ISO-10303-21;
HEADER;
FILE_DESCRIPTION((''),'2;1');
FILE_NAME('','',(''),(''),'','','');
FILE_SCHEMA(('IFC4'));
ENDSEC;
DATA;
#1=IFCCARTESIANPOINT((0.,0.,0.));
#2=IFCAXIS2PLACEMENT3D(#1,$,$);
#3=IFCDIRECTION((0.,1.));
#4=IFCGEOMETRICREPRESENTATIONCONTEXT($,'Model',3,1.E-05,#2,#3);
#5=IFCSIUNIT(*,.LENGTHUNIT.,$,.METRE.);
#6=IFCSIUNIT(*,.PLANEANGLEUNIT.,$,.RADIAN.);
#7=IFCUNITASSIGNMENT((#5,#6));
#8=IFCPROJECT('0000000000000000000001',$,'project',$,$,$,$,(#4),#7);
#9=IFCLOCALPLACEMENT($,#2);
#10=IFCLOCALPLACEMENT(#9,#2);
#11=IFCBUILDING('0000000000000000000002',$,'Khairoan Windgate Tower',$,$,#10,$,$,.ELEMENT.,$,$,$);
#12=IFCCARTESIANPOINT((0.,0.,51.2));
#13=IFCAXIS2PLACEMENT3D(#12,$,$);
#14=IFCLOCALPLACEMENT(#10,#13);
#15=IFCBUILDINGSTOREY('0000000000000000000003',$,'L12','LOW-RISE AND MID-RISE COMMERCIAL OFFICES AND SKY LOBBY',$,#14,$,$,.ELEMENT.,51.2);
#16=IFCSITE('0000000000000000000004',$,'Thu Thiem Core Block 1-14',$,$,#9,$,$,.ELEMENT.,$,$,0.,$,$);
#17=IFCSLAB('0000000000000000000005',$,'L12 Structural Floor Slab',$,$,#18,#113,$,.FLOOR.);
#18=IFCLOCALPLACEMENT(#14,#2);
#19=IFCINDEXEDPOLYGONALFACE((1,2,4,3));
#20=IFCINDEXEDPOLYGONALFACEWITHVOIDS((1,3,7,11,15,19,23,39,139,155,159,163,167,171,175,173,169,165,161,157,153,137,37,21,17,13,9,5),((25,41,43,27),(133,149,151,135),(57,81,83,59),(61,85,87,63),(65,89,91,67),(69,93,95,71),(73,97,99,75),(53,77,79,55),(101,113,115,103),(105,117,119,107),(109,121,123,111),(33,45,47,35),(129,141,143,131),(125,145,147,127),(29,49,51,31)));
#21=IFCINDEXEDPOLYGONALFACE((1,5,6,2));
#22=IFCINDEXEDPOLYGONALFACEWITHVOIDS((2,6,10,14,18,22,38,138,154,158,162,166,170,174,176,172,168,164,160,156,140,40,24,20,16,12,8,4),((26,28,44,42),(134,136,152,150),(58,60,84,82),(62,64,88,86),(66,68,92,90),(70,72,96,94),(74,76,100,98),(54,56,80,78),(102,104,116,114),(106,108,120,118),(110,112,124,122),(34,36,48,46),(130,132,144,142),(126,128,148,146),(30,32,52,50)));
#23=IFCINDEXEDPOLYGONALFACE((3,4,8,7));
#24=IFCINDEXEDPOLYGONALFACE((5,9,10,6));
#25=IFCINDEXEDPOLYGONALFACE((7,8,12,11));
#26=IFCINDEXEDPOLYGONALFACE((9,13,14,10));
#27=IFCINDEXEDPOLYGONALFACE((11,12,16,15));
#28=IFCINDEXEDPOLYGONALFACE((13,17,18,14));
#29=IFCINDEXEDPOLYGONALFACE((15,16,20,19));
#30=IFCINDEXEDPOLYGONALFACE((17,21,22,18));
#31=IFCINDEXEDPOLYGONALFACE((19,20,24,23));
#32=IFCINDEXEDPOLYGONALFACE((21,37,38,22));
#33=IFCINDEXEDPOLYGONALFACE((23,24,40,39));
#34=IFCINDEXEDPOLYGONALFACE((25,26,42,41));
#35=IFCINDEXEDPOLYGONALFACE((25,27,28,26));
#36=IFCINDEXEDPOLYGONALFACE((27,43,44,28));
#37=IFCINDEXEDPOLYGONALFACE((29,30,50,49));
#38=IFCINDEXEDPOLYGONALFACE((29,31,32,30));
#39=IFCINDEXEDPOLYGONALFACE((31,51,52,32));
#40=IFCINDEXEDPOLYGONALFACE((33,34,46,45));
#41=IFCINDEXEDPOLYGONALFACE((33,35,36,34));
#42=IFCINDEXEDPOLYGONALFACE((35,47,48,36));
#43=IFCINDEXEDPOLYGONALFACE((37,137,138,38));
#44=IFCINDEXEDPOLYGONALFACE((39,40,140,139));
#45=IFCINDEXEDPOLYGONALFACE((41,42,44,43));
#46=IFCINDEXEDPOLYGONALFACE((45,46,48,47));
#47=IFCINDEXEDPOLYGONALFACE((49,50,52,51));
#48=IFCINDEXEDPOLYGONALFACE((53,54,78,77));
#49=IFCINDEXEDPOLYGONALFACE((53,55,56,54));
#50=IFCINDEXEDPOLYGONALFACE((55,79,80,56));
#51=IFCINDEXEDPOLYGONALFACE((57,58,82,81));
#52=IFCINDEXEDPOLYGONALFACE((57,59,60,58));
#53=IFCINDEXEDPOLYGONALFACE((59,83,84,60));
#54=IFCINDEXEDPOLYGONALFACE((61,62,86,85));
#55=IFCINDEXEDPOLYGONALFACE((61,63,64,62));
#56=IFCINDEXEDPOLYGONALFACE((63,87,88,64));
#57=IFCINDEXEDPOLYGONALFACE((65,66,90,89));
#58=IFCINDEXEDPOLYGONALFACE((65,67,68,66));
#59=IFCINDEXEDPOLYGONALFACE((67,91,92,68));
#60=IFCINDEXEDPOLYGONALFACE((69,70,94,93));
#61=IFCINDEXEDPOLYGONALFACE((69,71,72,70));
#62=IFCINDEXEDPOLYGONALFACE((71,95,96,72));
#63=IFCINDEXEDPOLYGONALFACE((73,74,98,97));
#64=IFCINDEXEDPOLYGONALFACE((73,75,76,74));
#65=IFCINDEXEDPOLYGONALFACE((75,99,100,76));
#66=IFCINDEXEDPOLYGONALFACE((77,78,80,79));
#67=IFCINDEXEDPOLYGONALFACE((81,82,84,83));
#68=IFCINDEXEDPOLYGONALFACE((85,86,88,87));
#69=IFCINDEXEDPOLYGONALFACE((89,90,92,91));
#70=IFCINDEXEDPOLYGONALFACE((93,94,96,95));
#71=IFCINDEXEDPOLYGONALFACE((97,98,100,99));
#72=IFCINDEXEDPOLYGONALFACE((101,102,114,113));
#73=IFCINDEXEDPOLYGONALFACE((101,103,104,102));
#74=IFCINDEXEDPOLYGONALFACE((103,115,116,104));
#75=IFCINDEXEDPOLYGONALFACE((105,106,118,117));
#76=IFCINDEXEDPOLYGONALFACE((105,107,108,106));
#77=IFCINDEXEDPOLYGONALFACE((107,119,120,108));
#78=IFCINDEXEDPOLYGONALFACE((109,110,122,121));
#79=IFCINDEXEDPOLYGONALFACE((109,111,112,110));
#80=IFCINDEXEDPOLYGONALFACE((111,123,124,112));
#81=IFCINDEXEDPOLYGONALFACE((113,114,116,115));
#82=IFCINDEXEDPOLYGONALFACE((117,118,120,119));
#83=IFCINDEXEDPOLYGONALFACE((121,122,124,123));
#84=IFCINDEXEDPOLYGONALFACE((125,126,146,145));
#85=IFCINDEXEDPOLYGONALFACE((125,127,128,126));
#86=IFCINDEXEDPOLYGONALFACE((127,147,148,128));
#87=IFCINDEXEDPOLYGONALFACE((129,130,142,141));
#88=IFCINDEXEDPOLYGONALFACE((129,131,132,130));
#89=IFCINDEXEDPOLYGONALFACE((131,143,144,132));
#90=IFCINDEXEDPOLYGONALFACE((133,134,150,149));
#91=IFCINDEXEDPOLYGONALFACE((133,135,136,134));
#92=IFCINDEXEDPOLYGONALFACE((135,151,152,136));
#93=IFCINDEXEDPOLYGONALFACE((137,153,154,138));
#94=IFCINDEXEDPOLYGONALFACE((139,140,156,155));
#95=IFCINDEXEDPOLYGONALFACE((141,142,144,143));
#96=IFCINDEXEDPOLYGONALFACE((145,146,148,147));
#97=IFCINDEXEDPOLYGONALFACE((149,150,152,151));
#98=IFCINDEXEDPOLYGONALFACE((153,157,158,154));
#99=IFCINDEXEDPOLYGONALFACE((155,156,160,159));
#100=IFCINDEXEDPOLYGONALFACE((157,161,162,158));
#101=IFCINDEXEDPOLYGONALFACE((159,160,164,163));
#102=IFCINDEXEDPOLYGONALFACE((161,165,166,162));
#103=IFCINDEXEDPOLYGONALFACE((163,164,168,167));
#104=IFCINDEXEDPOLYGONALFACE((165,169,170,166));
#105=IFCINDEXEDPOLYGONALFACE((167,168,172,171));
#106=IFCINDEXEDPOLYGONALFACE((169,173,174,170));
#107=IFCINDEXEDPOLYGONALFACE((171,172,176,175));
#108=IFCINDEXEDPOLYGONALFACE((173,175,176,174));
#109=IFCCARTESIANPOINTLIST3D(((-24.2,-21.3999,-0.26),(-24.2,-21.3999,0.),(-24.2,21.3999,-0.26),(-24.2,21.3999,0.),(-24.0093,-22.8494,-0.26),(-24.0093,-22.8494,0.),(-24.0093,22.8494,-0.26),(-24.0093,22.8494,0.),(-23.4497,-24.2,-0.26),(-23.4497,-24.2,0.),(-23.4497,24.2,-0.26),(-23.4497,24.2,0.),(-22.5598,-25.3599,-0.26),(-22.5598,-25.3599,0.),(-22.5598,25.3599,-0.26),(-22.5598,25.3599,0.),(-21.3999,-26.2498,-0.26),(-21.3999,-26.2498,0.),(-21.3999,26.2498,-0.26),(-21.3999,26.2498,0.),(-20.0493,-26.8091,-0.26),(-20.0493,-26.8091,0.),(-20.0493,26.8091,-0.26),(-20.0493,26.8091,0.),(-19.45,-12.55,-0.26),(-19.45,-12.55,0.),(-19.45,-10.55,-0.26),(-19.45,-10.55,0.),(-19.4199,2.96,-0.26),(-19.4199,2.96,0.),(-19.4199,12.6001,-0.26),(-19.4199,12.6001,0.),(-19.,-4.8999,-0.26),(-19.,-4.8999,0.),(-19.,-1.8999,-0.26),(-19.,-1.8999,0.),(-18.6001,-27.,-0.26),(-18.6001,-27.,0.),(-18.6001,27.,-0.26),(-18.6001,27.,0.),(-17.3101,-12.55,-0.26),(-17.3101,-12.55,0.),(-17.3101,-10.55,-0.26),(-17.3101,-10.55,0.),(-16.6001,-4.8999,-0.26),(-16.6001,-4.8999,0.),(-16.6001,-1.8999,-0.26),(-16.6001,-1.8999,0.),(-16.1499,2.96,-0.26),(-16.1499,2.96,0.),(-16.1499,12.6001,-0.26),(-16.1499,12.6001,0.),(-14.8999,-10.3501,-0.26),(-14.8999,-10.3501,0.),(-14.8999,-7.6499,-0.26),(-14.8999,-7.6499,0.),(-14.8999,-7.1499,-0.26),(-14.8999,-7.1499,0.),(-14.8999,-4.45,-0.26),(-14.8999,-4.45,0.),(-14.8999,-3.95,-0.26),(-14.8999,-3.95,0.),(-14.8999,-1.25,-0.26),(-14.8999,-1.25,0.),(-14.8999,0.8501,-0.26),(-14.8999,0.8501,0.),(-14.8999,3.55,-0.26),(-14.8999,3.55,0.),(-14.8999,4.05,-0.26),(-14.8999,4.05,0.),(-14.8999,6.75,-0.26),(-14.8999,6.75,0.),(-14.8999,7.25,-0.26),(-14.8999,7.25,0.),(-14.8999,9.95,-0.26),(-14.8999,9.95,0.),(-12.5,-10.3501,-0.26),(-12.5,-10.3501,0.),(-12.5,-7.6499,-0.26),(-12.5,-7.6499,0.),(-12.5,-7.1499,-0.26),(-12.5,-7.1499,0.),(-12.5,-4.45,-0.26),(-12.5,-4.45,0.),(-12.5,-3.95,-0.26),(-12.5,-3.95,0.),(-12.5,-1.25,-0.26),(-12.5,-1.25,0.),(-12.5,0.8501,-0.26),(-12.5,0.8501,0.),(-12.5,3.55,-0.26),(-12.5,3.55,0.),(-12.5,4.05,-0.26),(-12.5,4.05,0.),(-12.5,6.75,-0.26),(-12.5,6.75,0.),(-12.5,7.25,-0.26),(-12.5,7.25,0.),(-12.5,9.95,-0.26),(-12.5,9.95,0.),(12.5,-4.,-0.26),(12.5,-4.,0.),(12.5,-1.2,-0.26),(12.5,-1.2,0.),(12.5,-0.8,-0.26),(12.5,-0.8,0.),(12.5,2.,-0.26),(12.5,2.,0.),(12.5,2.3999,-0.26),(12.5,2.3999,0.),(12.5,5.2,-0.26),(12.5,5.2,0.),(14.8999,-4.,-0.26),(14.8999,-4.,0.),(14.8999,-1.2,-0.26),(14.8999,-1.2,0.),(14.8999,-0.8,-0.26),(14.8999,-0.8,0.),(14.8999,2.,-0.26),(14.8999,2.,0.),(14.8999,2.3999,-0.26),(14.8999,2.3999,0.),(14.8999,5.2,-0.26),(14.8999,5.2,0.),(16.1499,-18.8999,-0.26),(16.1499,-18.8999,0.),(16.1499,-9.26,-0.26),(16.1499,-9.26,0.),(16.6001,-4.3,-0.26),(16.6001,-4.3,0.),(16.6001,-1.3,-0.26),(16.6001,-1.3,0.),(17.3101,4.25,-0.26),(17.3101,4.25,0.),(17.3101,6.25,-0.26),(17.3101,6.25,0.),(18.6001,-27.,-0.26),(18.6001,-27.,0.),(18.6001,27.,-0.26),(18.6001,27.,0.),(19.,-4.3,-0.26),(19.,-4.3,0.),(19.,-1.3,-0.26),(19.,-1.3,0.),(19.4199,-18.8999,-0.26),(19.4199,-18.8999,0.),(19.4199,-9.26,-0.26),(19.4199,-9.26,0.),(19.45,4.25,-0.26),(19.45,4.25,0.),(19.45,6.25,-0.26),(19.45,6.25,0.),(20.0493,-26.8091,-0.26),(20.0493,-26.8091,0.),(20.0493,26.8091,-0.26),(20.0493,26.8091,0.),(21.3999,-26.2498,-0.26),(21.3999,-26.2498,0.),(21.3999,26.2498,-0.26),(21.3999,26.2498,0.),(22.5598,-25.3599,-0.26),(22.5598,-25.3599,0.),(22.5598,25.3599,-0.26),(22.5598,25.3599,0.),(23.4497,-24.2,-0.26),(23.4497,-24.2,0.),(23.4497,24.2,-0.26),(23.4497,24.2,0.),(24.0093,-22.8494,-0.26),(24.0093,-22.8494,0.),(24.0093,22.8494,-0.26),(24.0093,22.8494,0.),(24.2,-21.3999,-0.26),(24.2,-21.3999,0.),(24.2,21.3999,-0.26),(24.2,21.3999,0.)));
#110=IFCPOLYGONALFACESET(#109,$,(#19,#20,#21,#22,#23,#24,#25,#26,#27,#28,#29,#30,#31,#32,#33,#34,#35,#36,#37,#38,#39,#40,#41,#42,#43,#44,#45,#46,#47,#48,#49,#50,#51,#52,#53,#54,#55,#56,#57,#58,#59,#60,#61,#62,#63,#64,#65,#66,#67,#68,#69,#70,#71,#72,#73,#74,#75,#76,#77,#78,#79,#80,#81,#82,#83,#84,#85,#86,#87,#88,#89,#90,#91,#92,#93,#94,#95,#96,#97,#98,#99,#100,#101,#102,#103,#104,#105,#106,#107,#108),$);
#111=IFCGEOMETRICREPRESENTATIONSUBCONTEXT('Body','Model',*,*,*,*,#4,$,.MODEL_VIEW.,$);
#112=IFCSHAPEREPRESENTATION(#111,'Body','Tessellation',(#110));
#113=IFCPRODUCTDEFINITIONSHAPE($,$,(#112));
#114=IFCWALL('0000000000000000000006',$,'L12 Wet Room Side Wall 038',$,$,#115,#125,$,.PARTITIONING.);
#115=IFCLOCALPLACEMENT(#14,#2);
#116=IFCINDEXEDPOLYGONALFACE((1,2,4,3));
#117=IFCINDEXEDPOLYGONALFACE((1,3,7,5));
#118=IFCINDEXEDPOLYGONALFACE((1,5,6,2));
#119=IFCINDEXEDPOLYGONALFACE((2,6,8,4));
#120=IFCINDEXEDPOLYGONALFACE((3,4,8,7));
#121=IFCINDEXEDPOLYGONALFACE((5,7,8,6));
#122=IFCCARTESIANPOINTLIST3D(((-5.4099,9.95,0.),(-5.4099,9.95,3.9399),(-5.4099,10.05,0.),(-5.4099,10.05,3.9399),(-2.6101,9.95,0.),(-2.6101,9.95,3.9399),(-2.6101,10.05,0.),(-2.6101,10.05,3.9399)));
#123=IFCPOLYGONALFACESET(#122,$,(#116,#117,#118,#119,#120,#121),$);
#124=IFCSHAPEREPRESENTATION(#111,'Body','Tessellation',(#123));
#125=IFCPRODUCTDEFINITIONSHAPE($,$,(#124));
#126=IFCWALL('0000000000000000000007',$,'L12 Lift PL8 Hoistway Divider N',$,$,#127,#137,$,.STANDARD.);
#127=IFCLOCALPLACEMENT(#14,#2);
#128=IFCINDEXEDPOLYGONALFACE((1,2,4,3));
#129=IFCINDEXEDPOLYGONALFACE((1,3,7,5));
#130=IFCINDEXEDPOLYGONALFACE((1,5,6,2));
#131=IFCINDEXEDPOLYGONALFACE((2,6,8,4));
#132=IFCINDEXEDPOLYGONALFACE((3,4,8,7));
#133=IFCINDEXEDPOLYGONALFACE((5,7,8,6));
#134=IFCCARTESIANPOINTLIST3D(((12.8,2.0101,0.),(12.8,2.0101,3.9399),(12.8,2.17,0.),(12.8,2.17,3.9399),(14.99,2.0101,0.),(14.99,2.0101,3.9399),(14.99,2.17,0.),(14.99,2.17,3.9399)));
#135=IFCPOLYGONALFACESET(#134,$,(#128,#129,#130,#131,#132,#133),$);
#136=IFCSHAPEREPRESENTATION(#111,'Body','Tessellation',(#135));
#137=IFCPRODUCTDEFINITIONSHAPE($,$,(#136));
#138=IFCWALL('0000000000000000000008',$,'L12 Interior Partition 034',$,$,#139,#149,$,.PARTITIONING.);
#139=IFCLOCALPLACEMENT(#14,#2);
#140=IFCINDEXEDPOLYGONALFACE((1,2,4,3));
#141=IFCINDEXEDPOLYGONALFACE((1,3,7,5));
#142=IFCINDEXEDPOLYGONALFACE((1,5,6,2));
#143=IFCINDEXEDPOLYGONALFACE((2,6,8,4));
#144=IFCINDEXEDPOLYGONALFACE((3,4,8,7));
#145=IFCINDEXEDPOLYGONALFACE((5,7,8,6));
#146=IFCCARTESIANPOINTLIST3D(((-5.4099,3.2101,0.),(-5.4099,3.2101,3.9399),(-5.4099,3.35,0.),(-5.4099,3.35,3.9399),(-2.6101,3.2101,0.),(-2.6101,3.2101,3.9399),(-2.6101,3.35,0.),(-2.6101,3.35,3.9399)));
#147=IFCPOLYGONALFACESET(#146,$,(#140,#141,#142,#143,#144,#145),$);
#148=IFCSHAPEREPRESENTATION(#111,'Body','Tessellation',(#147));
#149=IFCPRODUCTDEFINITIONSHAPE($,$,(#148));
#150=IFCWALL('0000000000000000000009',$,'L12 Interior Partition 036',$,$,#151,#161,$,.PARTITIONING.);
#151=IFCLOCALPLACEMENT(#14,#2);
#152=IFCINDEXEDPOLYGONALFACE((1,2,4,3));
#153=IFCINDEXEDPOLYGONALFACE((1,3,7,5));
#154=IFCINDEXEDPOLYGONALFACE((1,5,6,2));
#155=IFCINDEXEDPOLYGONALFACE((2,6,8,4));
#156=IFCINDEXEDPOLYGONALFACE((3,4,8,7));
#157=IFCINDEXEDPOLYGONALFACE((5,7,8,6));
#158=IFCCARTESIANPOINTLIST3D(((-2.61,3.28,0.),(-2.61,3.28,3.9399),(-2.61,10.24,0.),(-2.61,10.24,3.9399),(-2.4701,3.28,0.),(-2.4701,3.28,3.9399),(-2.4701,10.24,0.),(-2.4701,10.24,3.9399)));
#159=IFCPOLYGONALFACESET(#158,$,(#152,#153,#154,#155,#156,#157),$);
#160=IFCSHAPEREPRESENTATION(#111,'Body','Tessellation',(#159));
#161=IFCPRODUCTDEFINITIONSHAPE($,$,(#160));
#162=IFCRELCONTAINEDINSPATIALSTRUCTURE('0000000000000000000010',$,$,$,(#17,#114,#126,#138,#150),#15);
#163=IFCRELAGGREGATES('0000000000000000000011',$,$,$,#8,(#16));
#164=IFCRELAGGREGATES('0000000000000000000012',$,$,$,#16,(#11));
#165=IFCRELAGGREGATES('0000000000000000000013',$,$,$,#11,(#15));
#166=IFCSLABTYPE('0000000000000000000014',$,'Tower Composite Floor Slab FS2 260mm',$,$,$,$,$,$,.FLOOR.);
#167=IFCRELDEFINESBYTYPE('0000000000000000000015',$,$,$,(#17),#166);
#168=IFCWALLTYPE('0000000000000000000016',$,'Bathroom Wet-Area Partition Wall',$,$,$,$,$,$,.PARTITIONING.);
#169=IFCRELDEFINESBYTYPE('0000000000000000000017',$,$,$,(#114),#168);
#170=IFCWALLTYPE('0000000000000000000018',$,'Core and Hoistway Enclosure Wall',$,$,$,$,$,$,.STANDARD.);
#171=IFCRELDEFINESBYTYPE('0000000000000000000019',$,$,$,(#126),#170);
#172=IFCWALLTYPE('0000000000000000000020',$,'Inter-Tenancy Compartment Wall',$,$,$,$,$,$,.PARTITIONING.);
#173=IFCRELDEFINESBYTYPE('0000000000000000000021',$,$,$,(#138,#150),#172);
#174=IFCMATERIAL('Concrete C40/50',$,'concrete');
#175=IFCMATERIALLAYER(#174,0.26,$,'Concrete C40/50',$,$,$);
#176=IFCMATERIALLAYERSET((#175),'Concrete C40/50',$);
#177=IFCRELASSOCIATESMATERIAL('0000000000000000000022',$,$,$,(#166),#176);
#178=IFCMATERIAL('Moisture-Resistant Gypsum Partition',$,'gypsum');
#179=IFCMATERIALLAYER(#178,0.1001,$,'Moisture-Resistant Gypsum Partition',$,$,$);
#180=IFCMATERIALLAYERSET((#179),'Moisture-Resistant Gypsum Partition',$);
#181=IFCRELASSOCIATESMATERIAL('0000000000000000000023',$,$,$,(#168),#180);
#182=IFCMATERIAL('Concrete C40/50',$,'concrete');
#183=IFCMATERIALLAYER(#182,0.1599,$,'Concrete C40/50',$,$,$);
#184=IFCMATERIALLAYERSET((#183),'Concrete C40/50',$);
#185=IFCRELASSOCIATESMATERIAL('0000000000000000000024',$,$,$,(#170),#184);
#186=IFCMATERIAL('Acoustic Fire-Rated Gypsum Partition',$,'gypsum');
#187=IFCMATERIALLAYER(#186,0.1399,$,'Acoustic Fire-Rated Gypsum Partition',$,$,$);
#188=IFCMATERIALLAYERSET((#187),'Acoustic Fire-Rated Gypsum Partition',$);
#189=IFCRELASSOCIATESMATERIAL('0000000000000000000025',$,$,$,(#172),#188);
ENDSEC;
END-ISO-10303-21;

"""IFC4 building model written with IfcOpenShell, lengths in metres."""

from ifc_helpers import new_model, si_unit, direction, frame, frame_2d, origin, place, context, subcontext, project, spatial, polyline, rectangle, outline, extrude, material, layer, layer_set, type_object, element, save


model = new_model("IFC4")

# Units and contexts
model_context = context("Model", 3, precision=1e-05, world=origin(), true_north=direction((0.0, 1.0)))
body_context = subcontext(model_context, "Body", "Model", "MODEL_VIEW")
ifc_project = project(units=[si_unit("LENGTHUNIT", "METRE"), si_unit("PLANEANGLEUNIT", "RADIAN")], contexts=[model_context])

# Site, building, storey
site_placement = place(None, origin())
site = spatial("IfcSite", under=ifc_project, at=site_placement, Name="Thu Thiem Core Block 1-14", CompositionType="ELEMENT", RefElevation=0.0)
building_placement = place(site_placement, origin())
building = spatial("IfcBuilding", under=site, at=building_placement, Name="Khairoan Windgate Tower", CompositionType="ELEMENT")
storey_placement = place(building_placement, frame((0.0, 0.0, 51.2)))
storey = spatial("IfcBuildingStorey", under=building, at=storey_placement, Name="L12", Description="LOW-RISE AND MID-RISE COMMERCIAL OFFICES AND SKY LOBBY", CompositionType="ELEMENT", Elevation=51.2)

# Slab
ifc_material_1 = material(Name="Concrete C40/50", Category="concrete")
ifc_layer_1 = layer(ifc_material_1, 0.26, Name="Concrete C40/50")
ifc_layer_set_1 = layer_set([ifc_layer_1], Name="Concrete C40/50")
slab_type_1 = type_object("IfcSlabType", Name="Tower Composite Floor Slab FS2 260mm", PredefinedType="FLOOR", material=ifc_layer_set_1)
slab_1_placement = place(storey_placement, frame((0.0, 0.0, -0.26)))
element("IfcSlab", 1, at=slab_1_placement, inside=storey, type_object=slab_type_1, Name="L12 Structural Floor Slab", PredefinedType="FLOOR", context=body_context, shape_type="SweptSolid", body=[
    extrude(outline(polyline([(18.6001, -27.0), (20.0493, -26.8091), (21.3999, -26.2498), (22.5598, -25.3599), (23.4497, -24.2), (24.0093, -22.8494), (24.2, -21.3999), (24.2, 21.3999), (24.0093, 22.8494), (23.4497, 24.2), (22.5598, 25.3599), (21.3999, 26.2498), (20.0493, 26.8091), (18.6001, 27.0), (-18.6001, 27.0), (-20.0493, 26.8091), (-21.3999, 26.2498), (-22.5598, 25.3599), (-23.4497, 24.2), (-24.0093, 22.8494), (-24.2, 21.3999), (-24.2, -21.3999), (-24.0093, -22.8494), (-23.4497, -24.2), (-22.5598, -25.3599), (-21.3999, -26.2498), (-20.0493, -26.8091), (-18.6001, -27.0), (18.6001, -27.0)]), holes=[polyline([(16.1499, -9.26), (16.1499, -18.8999), (19.4199, -18.8999), (19.4199, -9.26), (16.1499, -9.26)]), polyline([(-16.1499, 2.96), (-16.1499, 12.6001), (-19.4199, 12.6001), (-19.4199, 2.96), (-16.1499, 2.96)]), polyline([(-14.8999, 7.25), (-12.5, 7.25), (-12.5, 9.95), (-14.8999, 9.95), (-14.8999, 7.25)]), polyline([(-14.8999, 4.05), (-12.5, 4.05), (-12.5, 6.75), (-14.8999, 6.75), (-14.8999, 4.05)]), polyline([(-14.8999, 0.8501), (-12.5, 0.8501), (-12.5, 3.55), (-14.8999, 3.55), (-14.8999, 0.8501)]), polyline([(-14.8999, -3.95), (-12.5, -3.95), (-12.5, -1.25), (-14.8999, -1.25), (-14.8999, -3.95)]), polyline([(-14.8999, -7.1499), (-12.5, -7.1499), (-12.5, -4.45), (-14.8999, -4.45), (-14.8999, -7.1499)]), polyline([(-14.8999, -10.3501), (-12.5, -10.3501), (-12.5, -7.6499), (-14.8999, -7.6499), (-14.8999, -10.3501)]), polyline([(12.5, 2.3999), (14.8999, 2.3999), (14.8999, 5.2), (12.5, 5.2), (12.5, 2.3999)]), polyline([(12.5, -0.8), (14.8999, -0.8), (14.8999, 2.0), (12.5, 2.0), (12.5, -0.8)]), polyline([(12.5, -4.0), (14.8999, -4.0), (14.8999, -1.2), (12.5, -1.2), (12.5, -4.0)]), polyline([(16.6001, -4.3), (19.0, -4.3), (19.0, -1.3), (16.6001, -1.3), (16.6001, -4.3)]), polyline([(-19.0, -4.8999), (-16.6001, -4.8999), (-16.6001, -1.8999), (-19.0, -1.8999), (-19.0, -4.8999)]), polyline([(-19.45, -12.55), (-17.3101, -12.55), (-17.3101, -10.55), (-19.45, -10.55), (-19.45, -12.55)]), polyline([(17.3101, 4.25), (19.45, 4.25), (19.45, 6.25), (17.3101, 6.25), (17.3101, 4.25)])]), origin(), (0.0, 0.0, 1.0), 0.26),
])

# Walls
ifc_material_2 = material(Name="Moisture-Resistant Gypsum Partition", Category="gypsum")
ifc_layer_2 = layer(ifc_material_2, 0.1001, Name="Moisture-Resistant Gypsum Partition")
ifc_layer_set_2 = layer_set([ifc_layer_2], Name="Moisture-Resistant Gypsum Partition")
wall_type_1 = type_object("IfcWallType", Name="Bathroom Wet-Area Partition Wall", PredefinedType="PARTITIONING", material=ifc_layer_set_2)
wall_1_placement = place(storey_placement, frame((-5.4099, 10.0, 0.0), z_axis=(0.0, 0.0, 1.0), x_axis=(1.0, 0.0, 0.0)))
element("IfcWall", 2, at=wall_1_placement, inside=storey, type_object=wall_type_1, Name="L12 Wet Room Side Wall 038", PredefinedType="PARTITIONING", context=body_context, shape_type="SweptSolid", body=[
    extrude(rectangle(XDim=2.7998, YDim=0.1001, at=frame_2d((1.3999, 0.0))), origin(), (0.0, 0.0, 1.0), 3.9399),
])
ifc_material_3 = material(Name="Concrete C40/50", Category="concrete")
ifc_layer_3 = layer(ifc_material_3, 0.1599, Name="Concrete C40/50")
ifc_layer_set_3 = layer_set([ifc_layer_3], Name="Concrete C40/50")
wall_type_2 = type_object("IfcWallType", Name="Core and Hoistway Enclosure Wall", PredefinedType="STANDARD", material=ifc_layer_set_3)
wall_2_placement = place(storey_placement, frame((12.8, 2.0901, 0.0), z_axis=(0.0, 0.0, 1.0), x_axis=(1.0, 0.0, 0.0)))
element("IfcWall", 3, at=wall_2_placement, inside=storey, type_object=wall_type_2, Name="L12 Lift PL8 Hoistway Divider N", PredefinedType="STANDARD", context=body_context, shape_type="SweptSolid", body=[
    extrude(rectangle(XDim=2.1899, YDim=0.1599, at=frame_2d((1.095, 0.0))), origin(), (0.0, 0.0, 1.0), 3.9399),
])
ifc_material_4 = material(Name="Acoustic Fire-Rated Gypsum Partition", Category="gypsum")
ifc_layer_4 = layer(ifc_material_4, 0.1399, Name="Acoustic Fire-Rated Gypsum Partition")
ifc_layer_set_4 = layer_set([ifc_layer_4], Name="Acoustic Fire-Rated Gypsum Partition")
wall_type_3 = type_object("IfcWallType", Name="Inter-Tenancy Compartment Wall", PredefinedType="PARTITIONING", material=ifc_layer_set_4)
wall_3_placement = place(storey_placement, frame((-5.4099, 3.28, 0.0), z_axis=(0.0, 0.0, 1.0), x_axis=(1.0, 0.0, 0.0)))
element("IfcWall", 4, at=wall_3_placement, inside=storey, type_object=wall_type_3, Name="L12 Interior Partition 034", PredefinedType="PARTITIONING", context=body_context, shape_type="SweptSolid", body=[
    extrude(rectangle(XDim=2.7998, YDim=0.1399, at=frame_2d((1.3999, 0.0))), origin(), (0.0, 0.0, 1.0), 3.9399),
])
wall_4_placement = place(storey_placement, frame((-2.54, 3.28, 0.0), z_axis=(0.0, 0.0, 1.0), x_axis=(0.0, 1.0, 0.0)))
element("IfcWall", 5, at=wall_4_placement, inside=storey, type_object=wall_type_3, Name="L12 Interior Partition 036", PredefinedType="PARTITIONING", context=body_context, shape_type="SweptSolid", body=[
    extrude(rectangle(XDim=6.96, YDim=0.1399, at=frame_2d((3.48, 0.0))), origin(), (0.0, 0.0, 1.0), 3.9399),
])

save(model, "model.ifc")
